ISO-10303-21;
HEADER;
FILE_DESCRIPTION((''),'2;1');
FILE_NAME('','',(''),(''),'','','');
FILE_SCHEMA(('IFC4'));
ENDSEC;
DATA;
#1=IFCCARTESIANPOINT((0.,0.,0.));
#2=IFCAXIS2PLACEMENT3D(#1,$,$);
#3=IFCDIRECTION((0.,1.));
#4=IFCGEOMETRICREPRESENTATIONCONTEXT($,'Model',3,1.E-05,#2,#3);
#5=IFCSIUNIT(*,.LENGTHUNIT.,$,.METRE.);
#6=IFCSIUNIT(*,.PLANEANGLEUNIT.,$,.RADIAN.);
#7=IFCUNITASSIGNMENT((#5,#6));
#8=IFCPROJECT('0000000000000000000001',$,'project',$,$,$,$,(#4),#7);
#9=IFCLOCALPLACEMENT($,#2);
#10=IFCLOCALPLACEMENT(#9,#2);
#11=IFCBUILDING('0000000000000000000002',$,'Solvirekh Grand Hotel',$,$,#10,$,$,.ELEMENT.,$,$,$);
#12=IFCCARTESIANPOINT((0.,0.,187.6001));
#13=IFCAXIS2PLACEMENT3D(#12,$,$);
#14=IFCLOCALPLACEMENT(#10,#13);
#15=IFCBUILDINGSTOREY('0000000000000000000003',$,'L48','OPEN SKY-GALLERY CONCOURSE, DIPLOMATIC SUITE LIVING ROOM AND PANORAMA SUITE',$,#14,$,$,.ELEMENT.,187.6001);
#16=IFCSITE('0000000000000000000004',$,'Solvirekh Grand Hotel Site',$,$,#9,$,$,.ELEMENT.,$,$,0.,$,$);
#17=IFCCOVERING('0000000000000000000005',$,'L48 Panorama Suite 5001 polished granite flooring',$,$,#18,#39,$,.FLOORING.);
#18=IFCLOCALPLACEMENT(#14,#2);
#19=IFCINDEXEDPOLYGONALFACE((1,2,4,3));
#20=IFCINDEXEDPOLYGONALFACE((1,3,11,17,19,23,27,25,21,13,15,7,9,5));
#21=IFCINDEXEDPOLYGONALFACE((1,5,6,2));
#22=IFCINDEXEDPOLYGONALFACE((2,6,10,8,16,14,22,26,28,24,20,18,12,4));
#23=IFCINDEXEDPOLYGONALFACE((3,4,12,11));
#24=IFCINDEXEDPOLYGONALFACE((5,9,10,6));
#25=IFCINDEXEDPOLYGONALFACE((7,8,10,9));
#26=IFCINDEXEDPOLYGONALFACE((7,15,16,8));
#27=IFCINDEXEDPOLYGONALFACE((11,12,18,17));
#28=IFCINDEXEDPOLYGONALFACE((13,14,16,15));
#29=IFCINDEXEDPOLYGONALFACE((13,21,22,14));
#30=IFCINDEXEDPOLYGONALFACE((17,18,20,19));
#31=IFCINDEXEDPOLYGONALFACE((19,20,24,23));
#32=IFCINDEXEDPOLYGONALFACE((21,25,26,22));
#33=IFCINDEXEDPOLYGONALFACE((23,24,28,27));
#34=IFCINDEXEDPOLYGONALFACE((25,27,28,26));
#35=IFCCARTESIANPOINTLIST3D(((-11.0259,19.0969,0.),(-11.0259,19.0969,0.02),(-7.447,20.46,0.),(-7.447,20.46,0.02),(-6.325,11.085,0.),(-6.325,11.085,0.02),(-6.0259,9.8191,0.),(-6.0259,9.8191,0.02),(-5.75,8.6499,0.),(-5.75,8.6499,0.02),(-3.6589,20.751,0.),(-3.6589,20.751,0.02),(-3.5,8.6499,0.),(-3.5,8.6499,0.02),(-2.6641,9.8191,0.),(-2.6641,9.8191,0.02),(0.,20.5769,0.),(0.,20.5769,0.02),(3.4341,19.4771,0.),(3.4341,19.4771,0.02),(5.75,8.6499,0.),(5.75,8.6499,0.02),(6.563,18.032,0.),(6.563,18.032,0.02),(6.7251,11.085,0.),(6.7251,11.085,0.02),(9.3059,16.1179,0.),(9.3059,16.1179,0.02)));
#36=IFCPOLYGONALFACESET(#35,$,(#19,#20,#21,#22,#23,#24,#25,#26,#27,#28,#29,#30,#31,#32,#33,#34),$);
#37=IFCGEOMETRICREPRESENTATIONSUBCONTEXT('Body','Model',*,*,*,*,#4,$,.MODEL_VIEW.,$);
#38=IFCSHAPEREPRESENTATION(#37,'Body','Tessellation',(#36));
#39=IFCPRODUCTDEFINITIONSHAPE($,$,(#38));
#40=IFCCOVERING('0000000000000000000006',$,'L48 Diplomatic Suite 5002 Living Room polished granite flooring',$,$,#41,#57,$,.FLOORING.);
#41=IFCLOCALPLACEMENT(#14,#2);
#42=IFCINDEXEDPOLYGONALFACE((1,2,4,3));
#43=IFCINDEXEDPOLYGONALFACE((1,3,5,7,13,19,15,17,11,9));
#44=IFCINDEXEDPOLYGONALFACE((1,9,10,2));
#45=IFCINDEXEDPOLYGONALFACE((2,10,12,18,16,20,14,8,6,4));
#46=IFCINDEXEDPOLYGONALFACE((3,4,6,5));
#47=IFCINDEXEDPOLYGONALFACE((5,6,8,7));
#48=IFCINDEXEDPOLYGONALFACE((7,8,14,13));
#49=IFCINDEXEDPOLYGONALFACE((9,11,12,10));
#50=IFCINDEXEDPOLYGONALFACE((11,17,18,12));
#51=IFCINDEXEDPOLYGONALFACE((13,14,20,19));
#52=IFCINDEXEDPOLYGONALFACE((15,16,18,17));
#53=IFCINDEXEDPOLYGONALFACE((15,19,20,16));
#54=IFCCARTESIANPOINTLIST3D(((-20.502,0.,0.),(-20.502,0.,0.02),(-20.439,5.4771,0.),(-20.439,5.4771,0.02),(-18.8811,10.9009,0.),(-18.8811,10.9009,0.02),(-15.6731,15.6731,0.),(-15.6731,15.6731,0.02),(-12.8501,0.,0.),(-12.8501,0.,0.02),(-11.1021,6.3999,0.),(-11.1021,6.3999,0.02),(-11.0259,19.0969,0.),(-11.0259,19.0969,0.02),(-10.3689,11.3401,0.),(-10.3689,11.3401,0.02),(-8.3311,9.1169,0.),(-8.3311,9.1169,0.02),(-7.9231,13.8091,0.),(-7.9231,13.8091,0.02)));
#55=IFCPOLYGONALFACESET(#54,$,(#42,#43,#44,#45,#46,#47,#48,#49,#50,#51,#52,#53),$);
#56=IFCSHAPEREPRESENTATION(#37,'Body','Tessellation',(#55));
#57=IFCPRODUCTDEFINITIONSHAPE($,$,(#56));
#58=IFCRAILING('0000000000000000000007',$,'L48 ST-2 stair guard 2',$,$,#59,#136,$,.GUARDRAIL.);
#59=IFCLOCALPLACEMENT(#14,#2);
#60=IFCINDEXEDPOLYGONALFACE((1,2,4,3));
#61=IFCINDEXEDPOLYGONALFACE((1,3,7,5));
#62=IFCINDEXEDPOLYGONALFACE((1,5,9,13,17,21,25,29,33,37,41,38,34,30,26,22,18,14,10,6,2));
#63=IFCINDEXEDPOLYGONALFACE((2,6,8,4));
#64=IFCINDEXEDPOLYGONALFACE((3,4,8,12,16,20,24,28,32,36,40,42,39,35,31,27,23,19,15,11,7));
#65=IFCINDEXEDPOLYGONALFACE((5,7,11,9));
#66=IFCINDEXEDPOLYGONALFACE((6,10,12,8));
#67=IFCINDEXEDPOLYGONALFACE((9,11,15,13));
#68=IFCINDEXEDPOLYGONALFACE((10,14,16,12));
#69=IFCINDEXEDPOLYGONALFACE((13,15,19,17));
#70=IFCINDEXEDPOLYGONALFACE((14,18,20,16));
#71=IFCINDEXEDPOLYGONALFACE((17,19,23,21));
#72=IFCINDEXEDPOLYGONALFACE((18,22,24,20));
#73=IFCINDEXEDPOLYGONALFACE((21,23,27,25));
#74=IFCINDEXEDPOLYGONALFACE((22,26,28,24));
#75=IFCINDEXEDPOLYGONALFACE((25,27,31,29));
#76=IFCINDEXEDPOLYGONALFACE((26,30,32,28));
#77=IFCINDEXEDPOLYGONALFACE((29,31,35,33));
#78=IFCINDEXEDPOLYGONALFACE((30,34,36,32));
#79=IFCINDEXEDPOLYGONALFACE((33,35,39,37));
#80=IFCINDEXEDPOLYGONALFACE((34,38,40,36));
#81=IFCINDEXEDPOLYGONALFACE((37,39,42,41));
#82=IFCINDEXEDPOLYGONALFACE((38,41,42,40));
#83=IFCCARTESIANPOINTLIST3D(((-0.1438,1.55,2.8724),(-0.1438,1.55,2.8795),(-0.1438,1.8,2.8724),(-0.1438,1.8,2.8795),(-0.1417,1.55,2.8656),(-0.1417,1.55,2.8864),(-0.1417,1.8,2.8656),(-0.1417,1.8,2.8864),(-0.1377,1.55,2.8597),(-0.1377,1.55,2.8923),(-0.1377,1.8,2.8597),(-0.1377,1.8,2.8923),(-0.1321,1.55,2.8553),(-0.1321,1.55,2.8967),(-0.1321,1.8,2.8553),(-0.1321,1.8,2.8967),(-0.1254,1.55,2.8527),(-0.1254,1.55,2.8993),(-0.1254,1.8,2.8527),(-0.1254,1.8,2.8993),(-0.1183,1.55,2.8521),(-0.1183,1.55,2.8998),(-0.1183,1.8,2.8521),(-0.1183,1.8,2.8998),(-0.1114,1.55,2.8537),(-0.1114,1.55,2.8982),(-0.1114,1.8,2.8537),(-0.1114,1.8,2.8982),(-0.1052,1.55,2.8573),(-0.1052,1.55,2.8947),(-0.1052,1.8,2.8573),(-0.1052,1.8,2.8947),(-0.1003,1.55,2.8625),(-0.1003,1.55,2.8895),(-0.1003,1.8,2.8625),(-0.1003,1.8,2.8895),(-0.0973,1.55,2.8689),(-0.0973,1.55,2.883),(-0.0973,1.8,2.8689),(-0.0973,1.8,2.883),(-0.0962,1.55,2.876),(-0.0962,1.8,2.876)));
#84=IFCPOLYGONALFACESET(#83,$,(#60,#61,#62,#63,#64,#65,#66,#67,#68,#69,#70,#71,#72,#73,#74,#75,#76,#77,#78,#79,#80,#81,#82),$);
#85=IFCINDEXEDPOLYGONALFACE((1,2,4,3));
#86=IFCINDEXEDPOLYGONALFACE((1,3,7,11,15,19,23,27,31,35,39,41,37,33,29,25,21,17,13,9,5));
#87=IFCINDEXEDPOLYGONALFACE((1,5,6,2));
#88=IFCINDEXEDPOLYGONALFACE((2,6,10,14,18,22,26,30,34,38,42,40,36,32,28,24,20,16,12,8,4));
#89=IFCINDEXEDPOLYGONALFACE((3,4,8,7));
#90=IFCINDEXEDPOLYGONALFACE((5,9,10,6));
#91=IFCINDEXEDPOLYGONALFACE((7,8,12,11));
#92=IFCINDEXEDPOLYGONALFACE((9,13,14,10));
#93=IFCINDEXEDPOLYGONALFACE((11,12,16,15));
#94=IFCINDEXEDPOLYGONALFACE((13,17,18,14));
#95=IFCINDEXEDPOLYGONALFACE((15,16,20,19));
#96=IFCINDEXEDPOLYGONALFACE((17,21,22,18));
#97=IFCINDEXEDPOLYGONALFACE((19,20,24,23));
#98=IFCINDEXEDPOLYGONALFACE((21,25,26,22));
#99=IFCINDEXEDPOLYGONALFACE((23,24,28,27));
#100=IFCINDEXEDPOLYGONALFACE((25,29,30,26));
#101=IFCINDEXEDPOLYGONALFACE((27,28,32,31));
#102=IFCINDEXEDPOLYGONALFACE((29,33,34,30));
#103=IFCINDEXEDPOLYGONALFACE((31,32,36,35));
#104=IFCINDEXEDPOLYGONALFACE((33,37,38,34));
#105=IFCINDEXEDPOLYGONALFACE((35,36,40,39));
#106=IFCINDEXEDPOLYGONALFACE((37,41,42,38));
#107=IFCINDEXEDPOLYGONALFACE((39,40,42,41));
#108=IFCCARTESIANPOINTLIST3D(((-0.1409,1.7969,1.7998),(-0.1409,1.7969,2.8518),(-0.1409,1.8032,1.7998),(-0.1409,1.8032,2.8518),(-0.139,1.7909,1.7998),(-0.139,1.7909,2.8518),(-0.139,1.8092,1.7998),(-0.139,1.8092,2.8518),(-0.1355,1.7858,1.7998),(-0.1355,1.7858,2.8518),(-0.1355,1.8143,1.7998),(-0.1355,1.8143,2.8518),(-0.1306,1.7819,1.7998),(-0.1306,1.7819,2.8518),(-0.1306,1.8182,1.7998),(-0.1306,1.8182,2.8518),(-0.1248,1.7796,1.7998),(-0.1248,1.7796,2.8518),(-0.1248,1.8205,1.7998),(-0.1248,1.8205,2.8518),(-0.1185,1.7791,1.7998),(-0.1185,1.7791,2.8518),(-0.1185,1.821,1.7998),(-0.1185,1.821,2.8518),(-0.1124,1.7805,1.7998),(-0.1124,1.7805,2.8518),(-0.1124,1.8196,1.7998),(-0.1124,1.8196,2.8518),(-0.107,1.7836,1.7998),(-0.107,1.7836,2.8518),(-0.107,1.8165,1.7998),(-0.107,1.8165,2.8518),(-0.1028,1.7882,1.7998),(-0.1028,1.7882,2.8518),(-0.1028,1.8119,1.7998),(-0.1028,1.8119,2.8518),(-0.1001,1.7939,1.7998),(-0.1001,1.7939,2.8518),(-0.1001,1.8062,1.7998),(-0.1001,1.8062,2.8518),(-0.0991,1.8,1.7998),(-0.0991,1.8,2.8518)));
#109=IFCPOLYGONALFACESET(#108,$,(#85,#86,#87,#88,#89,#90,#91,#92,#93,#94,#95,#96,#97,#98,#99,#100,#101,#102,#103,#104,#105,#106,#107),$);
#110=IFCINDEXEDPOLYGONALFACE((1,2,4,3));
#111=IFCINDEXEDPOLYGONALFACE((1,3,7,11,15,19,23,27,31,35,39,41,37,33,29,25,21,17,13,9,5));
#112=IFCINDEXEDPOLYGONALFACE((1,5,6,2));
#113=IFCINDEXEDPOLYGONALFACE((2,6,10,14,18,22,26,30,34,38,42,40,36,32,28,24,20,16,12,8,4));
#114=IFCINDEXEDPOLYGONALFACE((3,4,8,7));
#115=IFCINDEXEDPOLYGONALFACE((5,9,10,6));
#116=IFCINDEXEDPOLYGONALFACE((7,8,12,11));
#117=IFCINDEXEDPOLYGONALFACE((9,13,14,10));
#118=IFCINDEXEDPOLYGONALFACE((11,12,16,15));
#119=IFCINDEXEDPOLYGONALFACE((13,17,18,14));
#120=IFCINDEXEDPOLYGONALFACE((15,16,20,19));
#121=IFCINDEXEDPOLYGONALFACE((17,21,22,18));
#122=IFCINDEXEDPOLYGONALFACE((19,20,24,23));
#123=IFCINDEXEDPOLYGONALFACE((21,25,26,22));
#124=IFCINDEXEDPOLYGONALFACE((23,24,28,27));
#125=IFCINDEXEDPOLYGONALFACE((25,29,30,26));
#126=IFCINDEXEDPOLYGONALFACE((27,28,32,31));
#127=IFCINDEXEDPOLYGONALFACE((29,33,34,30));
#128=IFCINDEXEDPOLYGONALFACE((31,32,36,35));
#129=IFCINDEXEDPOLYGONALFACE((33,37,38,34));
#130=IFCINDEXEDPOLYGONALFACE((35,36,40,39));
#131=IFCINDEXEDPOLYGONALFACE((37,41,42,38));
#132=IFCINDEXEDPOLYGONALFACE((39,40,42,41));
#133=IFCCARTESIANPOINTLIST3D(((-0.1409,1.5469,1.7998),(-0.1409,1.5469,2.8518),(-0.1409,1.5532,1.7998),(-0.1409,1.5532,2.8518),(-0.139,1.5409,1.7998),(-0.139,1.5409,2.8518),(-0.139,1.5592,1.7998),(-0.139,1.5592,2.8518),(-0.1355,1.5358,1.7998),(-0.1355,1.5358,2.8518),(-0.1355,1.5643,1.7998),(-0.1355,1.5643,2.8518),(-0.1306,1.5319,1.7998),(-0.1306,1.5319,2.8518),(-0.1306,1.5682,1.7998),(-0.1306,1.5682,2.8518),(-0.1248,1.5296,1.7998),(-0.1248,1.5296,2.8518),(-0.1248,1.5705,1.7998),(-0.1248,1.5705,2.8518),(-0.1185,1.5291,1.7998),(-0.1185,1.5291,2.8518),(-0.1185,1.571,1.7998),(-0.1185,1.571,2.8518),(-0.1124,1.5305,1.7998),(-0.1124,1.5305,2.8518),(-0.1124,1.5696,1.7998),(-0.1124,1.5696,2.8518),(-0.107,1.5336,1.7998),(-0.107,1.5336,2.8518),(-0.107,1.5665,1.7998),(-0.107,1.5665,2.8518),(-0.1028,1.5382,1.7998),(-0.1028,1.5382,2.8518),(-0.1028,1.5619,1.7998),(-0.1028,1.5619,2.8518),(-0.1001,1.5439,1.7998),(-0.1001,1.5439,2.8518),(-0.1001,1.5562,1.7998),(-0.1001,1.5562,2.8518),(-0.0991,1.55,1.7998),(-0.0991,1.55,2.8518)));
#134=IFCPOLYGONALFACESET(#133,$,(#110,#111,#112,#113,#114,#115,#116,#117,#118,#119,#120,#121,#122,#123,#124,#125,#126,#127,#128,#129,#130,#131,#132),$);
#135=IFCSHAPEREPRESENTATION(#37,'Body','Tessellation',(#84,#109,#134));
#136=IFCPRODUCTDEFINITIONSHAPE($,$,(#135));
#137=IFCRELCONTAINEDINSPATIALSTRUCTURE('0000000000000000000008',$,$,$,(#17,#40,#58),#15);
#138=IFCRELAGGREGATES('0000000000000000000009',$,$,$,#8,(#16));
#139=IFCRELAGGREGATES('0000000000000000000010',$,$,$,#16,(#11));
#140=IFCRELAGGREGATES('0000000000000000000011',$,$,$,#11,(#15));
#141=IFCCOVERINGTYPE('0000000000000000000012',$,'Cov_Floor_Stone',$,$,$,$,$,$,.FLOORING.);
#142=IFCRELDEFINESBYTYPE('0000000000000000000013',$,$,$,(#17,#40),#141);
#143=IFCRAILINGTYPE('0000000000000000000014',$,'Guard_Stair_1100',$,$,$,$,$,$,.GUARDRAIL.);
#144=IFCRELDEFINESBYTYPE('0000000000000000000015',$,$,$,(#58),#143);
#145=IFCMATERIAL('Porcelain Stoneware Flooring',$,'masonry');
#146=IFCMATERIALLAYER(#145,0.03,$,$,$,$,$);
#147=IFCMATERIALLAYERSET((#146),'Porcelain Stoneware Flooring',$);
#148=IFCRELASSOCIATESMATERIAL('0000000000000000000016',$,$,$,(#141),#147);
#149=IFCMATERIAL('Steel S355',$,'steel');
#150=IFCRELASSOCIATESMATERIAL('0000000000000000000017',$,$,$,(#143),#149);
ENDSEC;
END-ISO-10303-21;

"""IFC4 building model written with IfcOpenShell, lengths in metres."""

from ifc_helpers import new_model, si_unit, direction, frame, origin, origin_2d, place, context, subcontext, project, spatial, polyline, circle, outline, extrude, material, layer, layer_set, type_object, element, save


model = new_model("IFC4")

# Units and contexts
model_context = context("Model", 3, precision=1e-05, world=origin(), true_north=direction((0.0, 1.0)))
body_context = subcontext(model_context, "Body", "Model", "MODEL_VIEW")
ifc_project = project(units=[si_unit("LENGTHUNIT", "METRE"), si_unit("PLANEANGLEUNIT", "RADIAN")], contexts=[model_context])

# Site, building, storey
site_placement = place(None, origin())
site = spatial("IfcSite", under=ifc_project, at=site_placement, Name="Solvirekh Grand Hotel Site", CompositionType="ELEMENT", RefElevation=0.0)
building_placement = place(site_placement, origin())
building = spatial("IfcBuilding", under=site, at=building_placement, Name="Solvirekh Grand Hotel", CompositionType="ELEMENT")
storey_placement = place(building_placement, frame((0.0, 0.0, 187.6001)))
storey = spatial("IfcBuildingStorey", under=building, at=storey_placement, Name="L48", Description="OPEN SKY-GALLERY CONCOURSE, DIPLOMATIC SUITE LIVING ROOM AND PANORAMA SUITE", CompositionType="ELEMENT", Elevation=187.6001)

# Shared definitions
ifc_material_1 = material(Name="Steel S355", Category="steel")

# Coverings
ifc_material_2 = material(Name="Porcelain Stoneware Flooring", Category="masonry")
ifc_layer_1 = layer(ifc_material_2, 0.03)
ifc_layer_set_1 = layer_set([ifc_layer_1], Name="Porcelain Stoneware Flooring")
covering_type_1 = type_object("IfcCoveringType", Name="Cov_Floor_Stone", PredefinedType="FLOORING", material=ifc_layer_set_1)
covering_1_placement = place(storey_placement, origin())
element("IfcCovering", 1, at=covering_1_placement, inside=storey, type_object=covering_type_1, Name="L48 Panorama Suite 5001 polished granite flooring", PredefinedType="FLOORING", context=body_context, shape_type="SweptSolid", body=[
    extrude(outline(polyline([(-5.75, 8.6499), (-6.0259, 9.8191), (-2.6641, 9.8191), (-3.5, 8.6499), (5.75, 8.6499), (6.7251, 11.085), (9.3059, 16.1179), (6.563, 18.032), (3.4341, 19.4771), (0.0, 20.5769), (-3.6589, 20.751), (-7.447, 20.46), (-11.0259, 19.0969), (-6.325, 11.085), (-5.75, 8.6499)])), origin(), (0.0, 0.0, 1.0), 0.02),
])
covering_2_placement = place(storey_placement, origin())
element("IfcCovering", 2, at=covering_2_placement, inside=storey, type_object=covering_type_1, Name="L48 Diplomatic Suite 5002 Living Room polished granite flooring", PredefinedType="FLOORING", context=body_context, shape_type="SweptSolid", body=[
    extrude(outline(polyline([(-10.3689, 11.3401), (-7.9231, 13.8091), (-11.0259, 19.0969), (-15.6731, 15.6731), (-18.8811, 10.9009), (-20.439, 5.4771), (-20.502, 0.0), (-12.8501, 0.0), (-11.1021, 6.3999), (-8.3311, 9.1169), (-10.3689, 11.3401)])), origin(), (0.0, 0.0, 1.0), 0.02),
])

# Railing
railing_type_1 = type_object("IfcRailingType", Name="Guard_Stair_1100", PredefinedType="GUARDRAIL", material=ifc_material_1)
railing_1_placement = place(storey_placement, frame((-0.1201, 1.8, 1.7998)))
element("IfcRailing", 3, at=railing_1_placement, inside=storey, type_object=railing_type_1, Name="L48 ST-2 stair guard 2", PredefinedType="GUARDRAIL", context=body_context, shape_type="SweptSolid", body=[
    extrude(circle(Radius=0.0239, at=origin_2d()), frame((0.0, 0.0, 1.0762), z_axis=(0.0, -1.0, 0.0), x_axis=(1.0, 0.0, 0.0)), (0.0, 0.0, 1.0), 0.25),
    extrude(circle(Radius=0.021, at=origin_2d()), origin(), (0.0, 0.0, 1.0), 1.052),
    extrude(circle(Radius=0.021, at=origin_2d()), frame((0.0, -0.25, 0.0)), (0.0, 0.0, 1.0), 1.052),
])

save(model, "model.ifc")
